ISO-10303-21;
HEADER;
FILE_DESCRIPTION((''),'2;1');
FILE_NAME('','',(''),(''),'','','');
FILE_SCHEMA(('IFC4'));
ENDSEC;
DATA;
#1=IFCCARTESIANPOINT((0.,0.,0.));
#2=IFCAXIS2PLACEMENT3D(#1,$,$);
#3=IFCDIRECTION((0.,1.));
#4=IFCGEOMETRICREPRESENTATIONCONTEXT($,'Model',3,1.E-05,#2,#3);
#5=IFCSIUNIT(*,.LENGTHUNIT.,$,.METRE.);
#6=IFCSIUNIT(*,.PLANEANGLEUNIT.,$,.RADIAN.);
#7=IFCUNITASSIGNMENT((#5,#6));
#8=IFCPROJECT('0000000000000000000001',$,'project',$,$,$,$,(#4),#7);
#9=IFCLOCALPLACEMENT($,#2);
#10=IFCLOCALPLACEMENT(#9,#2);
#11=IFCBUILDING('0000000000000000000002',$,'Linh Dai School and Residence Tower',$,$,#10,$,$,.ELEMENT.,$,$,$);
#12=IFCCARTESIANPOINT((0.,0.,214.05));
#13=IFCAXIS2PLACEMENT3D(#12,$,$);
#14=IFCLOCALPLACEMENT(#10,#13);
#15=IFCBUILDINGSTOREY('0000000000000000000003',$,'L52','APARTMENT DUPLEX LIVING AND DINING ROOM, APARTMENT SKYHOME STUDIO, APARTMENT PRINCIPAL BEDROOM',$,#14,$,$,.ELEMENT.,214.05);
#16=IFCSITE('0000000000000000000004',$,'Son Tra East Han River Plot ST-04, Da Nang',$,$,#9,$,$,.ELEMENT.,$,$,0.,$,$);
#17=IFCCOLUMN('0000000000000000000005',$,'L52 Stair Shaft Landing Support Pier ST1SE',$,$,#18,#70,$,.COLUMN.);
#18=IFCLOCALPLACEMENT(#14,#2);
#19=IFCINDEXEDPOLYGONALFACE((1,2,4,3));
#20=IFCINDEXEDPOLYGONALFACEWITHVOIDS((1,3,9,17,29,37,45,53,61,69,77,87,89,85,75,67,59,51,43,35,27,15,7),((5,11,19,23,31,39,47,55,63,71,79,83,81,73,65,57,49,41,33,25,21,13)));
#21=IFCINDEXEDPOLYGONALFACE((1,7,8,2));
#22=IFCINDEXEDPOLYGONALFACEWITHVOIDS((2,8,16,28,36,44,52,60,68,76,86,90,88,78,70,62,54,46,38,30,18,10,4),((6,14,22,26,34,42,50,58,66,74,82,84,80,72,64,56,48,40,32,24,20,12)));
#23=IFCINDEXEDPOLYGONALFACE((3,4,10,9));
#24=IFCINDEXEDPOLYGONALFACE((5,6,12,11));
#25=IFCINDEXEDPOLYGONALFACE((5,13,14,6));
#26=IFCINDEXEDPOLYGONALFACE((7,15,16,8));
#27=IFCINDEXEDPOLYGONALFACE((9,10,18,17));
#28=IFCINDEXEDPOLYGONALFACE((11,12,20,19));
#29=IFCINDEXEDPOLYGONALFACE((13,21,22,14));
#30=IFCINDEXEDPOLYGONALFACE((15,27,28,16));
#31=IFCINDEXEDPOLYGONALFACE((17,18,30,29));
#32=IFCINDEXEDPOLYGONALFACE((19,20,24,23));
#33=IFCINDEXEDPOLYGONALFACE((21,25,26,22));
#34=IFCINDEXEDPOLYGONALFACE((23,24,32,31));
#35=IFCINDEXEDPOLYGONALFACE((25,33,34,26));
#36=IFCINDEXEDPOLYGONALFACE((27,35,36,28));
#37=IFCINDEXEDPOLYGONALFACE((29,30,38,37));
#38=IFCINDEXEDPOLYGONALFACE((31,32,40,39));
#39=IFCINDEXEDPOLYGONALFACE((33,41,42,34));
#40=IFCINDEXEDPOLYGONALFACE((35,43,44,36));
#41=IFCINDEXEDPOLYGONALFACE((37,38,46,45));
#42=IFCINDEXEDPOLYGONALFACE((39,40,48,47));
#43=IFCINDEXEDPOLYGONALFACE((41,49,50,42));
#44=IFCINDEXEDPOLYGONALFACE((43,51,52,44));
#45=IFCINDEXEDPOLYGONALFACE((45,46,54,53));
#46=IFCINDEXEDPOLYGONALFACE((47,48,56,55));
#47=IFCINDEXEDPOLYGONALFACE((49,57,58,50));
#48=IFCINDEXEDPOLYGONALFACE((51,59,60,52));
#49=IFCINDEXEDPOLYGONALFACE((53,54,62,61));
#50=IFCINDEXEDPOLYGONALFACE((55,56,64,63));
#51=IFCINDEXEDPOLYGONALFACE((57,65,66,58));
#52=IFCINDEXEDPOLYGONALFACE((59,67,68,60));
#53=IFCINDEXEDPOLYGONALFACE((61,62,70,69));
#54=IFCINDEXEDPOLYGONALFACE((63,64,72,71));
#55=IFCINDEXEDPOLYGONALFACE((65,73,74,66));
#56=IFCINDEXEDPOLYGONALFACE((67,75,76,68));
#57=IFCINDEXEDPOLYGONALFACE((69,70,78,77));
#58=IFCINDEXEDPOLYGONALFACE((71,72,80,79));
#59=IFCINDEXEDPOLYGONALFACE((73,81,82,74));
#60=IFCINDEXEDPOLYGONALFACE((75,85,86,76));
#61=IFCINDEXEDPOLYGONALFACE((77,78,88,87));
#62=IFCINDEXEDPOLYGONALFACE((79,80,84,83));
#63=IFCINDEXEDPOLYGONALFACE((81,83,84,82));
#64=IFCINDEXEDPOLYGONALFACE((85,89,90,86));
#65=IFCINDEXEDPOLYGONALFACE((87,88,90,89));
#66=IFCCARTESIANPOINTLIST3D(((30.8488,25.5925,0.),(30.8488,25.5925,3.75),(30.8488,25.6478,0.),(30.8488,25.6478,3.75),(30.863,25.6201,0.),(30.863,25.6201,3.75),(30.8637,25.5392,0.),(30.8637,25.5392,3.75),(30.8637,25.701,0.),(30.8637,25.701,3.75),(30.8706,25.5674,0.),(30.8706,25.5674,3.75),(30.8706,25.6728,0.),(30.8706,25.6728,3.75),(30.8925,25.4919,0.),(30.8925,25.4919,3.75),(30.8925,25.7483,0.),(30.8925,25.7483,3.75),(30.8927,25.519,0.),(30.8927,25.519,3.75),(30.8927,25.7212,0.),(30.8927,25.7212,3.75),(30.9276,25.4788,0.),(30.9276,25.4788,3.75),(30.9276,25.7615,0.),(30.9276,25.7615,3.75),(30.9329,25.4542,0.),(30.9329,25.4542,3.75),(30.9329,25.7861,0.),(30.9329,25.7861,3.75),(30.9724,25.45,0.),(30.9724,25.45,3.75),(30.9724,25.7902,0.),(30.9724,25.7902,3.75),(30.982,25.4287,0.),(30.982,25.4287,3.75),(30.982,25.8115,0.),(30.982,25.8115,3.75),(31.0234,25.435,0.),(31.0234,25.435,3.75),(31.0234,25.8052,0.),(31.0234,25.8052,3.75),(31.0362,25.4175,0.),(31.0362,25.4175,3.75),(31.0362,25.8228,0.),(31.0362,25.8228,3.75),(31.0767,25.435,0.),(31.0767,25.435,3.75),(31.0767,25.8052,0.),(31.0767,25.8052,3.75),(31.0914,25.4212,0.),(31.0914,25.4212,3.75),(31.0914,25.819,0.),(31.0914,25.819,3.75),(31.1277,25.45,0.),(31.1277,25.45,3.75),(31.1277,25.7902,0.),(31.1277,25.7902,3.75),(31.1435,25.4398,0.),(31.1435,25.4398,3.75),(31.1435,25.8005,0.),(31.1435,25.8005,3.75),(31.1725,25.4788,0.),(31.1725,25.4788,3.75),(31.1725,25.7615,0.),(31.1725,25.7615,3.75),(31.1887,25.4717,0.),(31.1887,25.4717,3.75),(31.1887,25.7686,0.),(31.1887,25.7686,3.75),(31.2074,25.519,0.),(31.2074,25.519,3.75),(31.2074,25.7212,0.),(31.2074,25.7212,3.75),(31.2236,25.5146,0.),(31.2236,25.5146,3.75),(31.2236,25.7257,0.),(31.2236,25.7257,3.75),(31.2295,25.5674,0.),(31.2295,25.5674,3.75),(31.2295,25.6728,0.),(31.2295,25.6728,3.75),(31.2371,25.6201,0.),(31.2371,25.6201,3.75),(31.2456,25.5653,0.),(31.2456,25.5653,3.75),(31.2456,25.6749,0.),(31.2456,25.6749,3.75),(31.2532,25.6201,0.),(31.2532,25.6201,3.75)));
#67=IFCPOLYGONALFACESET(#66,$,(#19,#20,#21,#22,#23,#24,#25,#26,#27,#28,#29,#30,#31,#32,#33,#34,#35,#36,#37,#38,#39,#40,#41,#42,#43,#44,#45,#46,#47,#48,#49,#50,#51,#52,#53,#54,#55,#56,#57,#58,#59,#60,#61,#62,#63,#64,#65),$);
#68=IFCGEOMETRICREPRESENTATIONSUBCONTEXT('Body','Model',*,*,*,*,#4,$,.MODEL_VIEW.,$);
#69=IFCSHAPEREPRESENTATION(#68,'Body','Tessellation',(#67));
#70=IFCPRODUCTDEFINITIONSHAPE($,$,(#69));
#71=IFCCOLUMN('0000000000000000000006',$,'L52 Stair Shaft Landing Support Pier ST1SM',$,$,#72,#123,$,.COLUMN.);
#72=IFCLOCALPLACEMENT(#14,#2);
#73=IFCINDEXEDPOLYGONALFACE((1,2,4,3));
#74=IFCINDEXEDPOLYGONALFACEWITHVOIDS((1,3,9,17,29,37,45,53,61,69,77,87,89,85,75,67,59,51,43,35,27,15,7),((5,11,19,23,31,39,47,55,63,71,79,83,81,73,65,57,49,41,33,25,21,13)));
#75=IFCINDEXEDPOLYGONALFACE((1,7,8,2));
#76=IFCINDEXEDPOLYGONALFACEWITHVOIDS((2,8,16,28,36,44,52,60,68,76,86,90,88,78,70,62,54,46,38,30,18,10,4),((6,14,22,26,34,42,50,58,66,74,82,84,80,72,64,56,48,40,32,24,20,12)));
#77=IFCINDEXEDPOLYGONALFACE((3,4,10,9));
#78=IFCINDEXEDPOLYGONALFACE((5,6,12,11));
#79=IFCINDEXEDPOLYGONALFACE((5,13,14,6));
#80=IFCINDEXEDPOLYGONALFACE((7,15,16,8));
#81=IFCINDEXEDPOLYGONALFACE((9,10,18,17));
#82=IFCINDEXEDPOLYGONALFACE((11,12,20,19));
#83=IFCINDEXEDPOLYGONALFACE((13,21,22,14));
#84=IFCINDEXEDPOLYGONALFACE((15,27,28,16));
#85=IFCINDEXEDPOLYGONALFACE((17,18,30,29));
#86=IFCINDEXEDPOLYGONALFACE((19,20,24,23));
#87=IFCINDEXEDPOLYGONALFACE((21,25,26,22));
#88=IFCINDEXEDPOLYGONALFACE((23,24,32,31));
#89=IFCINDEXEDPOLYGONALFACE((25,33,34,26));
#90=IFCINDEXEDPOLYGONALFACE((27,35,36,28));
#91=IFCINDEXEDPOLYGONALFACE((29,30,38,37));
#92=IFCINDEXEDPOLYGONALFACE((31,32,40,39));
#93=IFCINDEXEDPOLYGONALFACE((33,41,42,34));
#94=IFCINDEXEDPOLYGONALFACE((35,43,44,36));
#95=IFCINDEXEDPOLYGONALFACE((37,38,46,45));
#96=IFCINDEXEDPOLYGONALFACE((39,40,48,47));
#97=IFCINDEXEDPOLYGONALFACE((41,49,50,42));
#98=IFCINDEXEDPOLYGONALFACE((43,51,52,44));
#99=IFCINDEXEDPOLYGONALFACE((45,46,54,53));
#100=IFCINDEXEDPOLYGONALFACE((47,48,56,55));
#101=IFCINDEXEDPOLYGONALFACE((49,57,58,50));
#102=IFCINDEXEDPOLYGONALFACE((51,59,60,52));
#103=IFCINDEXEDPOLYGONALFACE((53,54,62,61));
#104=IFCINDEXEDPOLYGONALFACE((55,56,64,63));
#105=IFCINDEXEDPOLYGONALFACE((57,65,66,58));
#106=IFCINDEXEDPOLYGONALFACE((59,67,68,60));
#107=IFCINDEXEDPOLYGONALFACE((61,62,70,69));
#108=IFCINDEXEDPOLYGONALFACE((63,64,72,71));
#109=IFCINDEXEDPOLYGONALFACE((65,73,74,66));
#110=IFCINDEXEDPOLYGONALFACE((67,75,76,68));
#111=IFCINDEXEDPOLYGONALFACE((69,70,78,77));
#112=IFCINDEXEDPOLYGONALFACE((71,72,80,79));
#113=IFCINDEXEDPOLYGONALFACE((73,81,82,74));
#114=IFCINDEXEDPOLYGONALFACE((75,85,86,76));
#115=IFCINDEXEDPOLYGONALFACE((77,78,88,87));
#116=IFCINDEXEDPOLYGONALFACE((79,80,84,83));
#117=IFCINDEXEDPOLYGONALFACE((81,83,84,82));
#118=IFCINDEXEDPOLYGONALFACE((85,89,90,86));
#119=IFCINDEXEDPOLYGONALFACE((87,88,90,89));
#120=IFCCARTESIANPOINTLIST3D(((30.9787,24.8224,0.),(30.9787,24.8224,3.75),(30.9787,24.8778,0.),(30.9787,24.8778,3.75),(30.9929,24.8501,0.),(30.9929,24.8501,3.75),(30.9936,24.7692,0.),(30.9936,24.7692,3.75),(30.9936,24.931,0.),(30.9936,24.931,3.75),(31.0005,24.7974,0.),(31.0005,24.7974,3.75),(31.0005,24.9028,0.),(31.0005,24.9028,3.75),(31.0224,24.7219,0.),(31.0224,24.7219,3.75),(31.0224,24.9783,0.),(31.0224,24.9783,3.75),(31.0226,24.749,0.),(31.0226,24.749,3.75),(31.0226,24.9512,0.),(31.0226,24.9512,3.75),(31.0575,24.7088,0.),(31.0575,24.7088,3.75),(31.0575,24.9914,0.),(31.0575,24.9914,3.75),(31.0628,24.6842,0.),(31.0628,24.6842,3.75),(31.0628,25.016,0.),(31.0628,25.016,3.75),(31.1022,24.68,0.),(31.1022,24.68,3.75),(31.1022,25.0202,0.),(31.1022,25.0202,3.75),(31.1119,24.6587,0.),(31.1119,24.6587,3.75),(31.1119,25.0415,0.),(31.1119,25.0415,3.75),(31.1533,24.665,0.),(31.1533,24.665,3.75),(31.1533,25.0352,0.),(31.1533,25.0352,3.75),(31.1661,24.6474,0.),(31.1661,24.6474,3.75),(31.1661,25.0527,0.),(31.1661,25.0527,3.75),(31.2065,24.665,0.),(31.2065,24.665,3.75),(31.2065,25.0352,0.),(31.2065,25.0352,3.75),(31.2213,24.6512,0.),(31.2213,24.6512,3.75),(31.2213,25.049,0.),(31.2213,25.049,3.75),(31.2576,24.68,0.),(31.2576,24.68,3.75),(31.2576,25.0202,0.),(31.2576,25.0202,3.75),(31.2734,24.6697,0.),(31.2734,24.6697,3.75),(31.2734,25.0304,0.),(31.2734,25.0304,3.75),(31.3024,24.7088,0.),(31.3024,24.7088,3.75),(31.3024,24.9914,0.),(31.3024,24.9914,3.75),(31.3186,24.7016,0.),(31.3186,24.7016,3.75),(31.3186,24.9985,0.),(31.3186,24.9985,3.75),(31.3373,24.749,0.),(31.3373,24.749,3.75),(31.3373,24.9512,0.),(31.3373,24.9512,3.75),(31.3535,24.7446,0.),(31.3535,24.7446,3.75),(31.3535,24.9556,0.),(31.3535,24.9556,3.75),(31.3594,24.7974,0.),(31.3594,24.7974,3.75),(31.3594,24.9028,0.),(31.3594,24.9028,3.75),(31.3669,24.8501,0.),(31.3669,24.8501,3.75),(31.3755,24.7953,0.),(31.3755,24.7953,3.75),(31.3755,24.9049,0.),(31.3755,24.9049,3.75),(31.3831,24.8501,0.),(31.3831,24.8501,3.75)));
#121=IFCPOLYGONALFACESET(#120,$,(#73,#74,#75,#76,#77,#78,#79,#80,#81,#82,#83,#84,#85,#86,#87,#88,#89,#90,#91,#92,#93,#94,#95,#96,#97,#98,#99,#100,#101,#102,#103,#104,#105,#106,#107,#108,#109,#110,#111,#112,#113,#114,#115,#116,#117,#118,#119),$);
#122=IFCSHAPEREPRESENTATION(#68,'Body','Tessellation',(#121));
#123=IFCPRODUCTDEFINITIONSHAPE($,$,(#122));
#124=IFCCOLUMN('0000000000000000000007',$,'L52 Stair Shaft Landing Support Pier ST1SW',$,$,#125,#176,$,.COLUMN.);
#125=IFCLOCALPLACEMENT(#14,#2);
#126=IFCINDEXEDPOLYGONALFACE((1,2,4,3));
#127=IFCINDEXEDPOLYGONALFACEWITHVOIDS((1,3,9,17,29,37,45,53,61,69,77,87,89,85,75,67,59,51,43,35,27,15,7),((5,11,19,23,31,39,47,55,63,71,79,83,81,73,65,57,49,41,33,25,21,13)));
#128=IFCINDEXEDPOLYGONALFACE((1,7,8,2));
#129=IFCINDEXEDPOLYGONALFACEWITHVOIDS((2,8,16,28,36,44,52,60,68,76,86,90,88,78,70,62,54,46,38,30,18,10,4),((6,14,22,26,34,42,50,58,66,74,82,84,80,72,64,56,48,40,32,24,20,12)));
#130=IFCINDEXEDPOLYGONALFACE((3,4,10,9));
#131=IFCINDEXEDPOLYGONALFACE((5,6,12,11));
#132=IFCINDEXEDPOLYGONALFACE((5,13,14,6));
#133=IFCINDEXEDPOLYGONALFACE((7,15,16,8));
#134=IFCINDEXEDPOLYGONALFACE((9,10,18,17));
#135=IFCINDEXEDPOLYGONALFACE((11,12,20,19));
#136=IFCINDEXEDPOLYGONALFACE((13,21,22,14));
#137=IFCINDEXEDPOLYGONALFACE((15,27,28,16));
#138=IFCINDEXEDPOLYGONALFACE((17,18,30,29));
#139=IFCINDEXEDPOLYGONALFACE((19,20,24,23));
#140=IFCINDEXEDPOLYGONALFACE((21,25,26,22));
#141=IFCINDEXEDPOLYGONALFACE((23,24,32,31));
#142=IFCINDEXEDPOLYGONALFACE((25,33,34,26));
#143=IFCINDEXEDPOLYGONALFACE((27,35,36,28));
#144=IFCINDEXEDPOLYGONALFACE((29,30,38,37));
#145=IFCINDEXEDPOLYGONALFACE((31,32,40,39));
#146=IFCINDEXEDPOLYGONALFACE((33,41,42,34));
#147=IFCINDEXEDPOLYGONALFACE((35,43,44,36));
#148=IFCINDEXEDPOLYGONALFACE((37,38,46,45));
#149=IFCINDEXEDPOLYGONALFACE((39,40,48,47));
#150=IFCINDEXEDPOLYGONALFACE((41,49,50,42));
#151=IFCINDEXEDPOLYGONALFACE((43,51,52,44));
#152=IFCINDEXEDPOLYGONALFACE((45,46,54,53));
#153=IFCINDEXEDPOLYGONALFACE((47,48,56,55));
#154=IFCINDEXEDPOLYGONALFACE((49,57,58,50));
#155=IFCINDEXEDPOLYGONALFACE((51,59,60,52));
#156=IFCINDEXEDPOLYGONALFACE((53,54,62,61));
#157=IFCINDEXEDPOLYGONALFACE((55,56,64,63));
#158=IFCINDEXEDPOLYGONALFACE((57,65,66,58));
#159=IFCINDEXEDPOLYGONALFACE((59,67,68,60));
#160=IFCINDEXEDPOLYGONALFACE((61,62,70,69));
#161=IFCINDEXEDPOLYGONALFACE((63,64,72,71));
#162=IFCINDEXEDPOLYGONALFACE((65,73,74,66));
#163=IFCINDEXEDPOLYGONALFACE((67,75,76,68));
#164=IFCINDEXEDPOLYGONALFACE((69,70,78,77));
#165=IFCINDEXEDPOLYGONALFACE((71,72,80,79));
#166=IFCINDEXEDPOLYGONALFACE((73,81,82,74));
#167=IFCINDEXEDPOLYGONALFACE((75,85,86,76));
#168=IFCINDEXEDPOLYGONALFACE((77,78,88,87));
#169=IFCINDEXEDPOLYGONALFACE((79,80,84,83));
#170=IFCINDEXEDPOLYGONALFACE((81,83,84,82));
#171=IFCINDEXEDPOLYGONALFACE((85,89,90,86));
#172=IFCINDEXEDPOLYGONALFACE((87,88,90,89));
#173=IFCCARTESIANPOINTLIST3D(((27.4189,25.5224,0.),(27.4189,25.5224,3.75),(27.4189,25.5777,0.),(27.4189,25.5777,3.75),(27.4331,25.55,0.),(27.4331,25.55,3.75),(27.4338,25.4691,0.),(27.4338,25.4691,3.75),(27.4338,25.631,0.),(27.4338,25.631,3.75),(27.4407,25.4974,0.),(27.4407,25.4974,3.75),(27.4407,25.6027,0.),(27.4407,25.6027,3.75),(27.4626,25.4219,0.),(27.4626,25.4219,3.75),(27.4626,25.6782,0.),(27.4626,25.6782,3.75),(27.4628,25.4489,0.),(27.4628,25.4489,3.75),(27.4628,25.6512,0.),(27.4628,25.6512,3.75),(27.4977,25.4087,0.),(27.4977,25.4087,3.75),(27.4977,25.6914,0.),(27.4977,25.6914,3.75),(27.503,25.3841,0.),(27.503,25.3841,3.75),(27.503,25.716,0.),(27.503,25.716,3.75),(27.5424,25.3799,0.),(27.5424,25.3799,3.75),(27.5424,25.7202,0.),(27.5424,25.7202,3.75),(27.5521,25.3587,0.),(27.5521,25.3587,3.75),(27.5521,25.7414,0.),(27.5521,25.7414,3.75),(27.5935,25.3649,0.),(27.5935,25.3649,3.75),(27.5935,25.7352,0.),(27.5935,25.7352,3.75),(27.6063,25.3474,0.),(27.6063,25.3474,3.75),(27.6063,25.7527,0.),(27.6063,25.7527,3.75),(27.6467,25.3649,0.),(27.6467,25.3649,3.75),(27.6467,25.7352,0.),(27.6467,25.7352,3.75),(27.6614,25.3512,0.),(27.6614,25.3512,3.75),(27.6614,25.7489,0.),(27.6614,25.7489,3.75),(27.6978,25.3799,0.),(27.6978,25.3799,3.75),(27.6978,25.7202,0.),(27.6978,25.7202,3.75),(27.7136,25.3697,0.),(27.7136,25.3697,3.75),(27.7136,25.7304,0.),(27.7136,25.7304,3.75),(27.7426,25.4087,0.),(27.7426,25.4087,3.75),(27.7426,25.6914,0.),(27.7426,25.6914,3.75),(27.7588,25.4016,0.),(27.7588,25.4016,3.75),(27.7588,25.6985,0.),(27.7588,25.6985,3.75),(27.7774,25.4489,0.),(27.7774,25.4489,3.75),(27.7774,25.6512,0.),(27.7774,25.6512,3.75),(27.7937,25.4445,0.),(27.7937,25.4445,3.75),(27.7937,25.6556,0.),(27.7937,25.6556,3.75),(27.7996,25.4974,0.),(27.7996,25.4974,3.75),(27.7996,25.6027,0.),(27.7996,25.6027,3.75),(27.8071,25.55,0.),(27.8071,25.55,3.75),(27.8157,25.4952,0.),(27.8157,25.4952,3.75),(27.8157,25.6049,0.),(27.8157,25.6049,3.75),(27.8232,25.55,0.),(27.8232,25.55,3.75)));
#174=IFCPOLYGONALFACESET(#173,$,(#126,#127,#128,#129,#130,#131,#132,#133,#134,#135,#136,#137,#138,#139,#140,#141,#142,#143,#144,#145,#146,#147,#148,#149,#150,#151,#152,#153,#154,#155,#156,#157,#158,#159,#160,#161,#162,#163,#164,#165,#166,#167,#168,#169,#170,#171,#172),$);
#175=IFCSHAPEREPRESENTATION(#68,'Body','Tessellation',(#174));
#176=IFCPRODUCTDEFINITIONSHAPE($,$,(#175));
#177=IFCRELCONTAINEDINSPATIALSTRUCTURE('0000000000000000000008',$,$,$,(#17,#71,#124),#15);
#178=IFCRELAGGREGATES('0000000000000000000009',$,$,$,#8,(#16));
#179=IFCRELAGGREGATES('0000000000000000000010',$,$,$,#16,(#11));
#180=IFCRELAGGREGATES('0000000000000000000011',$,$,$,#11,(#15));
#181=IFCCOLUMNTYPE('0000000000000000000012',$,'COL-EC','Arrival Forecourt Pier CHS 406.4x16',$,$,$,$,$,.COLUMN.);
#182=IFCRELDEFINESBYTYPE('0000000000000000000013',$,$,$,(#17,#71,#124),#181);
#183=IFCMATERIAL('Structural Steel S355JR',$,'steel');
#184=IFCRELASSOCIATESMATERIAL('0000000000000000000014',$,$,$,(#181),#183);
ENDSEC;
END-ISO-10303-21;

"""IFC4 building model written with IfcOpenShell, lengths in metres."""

from ifc_helpers import new_model, si_unit, direction, frame, origin, origin_2d, place, context, subcontext, project, spatial, hollow_circle, extrude, material, material_profile, profile_set, type_object, element, save


model = new_model("IFC4")

# Units and contexts
model_context = context("Model", 3, precision=1e-05, world=origin(), true_north=direction((0.0, 1.0)))
body_context = subcontext(model_context, "Body", "Model", "MODEL_VIEW")
ifc_project = project(units=[si_unit("LENGTHUNIT", "METRE"), si_unit("PLANEANGLEUNIT", "RADIAN")], contexts=[model_context])

# Site, building, storey
site_placement = place(None, origin())
site = spatial("IfcSite", under=ifc_project, at=site_placement, Name="Son Tra East Han River Plot ST-04, Da Nang", CompositionType="ELEMENT", RefElevation=0.0)
building_placement = place(site_placement, origin())
building = spatial("IfcBuilding", under=site, at=building_placement, Name="Linh Dai School and Residence Tower", CompositionType="ELEMENT")
storey_placement = place(building_placement, frame((0.0, 0.0, 214.05)))
storey = spatial("IfcBuildingStorey", under=building, at=storey_placement, Name="L52", Description="APARTMENT DUPLEX LIVING AND DINING ROOM, APARTMENT SKYHOME STUDIO, APARTMENT PRINCIPAL BEDROOM", CompositionType="ELEMENT", Elevation=214.05)

# Columns
ifc_material_1 = material(Name="Structural Steel S355JR", Category="steel")
ifc_material_profile_1 = material_profile(ifc_material_1, hollow_circle(Radius=0.2031, WallThickness=0.0161, at=origin_2d()), Name="CHS 406.4x16")
ifc_profile_set_1 = profile_set([ifc_material_profile_1], Name="Structural Steel S355JR")
column_type_1 = type_object("IfcColumnType", Name="COL-EC", Description="Arrival Forecourt Pier CHS 406.4x16", PredefinedType="COLUMN", material=ifc_profile_set_1)
for number, where, z_axis, x_axis, name in (
    (1, (31.05, 25.6201, 0.0), (0.0, 0.0, 1.0), (1.0, 0.0, 0.0), "L52 Stair Shaft Landing Support Pier ST1SE"),
    (2, (31.1799, 24.8501, 0.0), (0.0, 0.0, 1.0), (1.0, 0.0, 0.0), "L52 Stair Shaft Landing Support Pier ST1SM"),
    (3, (27.6201, 25.55, 0.0), (0.0, 0.0, 1.0), (1.0, 0.0, 0.0), "L52 Stair Shaft Landing Support Pier ST1SW"),
):
    element("IfcColumn", number, at=place(storey_placement, frame(where, z_axis=z_axis, x_axis=x_axis)), inside=storey, type_object=column_type_1, Name=name, PredefinedType="COLUMN", context=body_context, shape_type="SweptSolid", body=[
        extrude(hollow_circle(Radius=0.2031, WallThickness=0.0161, at=origin_2d()), origin(), (0.0, 0.0, 1.0), 3.75),
    ])

save(model, "model.ifc")
